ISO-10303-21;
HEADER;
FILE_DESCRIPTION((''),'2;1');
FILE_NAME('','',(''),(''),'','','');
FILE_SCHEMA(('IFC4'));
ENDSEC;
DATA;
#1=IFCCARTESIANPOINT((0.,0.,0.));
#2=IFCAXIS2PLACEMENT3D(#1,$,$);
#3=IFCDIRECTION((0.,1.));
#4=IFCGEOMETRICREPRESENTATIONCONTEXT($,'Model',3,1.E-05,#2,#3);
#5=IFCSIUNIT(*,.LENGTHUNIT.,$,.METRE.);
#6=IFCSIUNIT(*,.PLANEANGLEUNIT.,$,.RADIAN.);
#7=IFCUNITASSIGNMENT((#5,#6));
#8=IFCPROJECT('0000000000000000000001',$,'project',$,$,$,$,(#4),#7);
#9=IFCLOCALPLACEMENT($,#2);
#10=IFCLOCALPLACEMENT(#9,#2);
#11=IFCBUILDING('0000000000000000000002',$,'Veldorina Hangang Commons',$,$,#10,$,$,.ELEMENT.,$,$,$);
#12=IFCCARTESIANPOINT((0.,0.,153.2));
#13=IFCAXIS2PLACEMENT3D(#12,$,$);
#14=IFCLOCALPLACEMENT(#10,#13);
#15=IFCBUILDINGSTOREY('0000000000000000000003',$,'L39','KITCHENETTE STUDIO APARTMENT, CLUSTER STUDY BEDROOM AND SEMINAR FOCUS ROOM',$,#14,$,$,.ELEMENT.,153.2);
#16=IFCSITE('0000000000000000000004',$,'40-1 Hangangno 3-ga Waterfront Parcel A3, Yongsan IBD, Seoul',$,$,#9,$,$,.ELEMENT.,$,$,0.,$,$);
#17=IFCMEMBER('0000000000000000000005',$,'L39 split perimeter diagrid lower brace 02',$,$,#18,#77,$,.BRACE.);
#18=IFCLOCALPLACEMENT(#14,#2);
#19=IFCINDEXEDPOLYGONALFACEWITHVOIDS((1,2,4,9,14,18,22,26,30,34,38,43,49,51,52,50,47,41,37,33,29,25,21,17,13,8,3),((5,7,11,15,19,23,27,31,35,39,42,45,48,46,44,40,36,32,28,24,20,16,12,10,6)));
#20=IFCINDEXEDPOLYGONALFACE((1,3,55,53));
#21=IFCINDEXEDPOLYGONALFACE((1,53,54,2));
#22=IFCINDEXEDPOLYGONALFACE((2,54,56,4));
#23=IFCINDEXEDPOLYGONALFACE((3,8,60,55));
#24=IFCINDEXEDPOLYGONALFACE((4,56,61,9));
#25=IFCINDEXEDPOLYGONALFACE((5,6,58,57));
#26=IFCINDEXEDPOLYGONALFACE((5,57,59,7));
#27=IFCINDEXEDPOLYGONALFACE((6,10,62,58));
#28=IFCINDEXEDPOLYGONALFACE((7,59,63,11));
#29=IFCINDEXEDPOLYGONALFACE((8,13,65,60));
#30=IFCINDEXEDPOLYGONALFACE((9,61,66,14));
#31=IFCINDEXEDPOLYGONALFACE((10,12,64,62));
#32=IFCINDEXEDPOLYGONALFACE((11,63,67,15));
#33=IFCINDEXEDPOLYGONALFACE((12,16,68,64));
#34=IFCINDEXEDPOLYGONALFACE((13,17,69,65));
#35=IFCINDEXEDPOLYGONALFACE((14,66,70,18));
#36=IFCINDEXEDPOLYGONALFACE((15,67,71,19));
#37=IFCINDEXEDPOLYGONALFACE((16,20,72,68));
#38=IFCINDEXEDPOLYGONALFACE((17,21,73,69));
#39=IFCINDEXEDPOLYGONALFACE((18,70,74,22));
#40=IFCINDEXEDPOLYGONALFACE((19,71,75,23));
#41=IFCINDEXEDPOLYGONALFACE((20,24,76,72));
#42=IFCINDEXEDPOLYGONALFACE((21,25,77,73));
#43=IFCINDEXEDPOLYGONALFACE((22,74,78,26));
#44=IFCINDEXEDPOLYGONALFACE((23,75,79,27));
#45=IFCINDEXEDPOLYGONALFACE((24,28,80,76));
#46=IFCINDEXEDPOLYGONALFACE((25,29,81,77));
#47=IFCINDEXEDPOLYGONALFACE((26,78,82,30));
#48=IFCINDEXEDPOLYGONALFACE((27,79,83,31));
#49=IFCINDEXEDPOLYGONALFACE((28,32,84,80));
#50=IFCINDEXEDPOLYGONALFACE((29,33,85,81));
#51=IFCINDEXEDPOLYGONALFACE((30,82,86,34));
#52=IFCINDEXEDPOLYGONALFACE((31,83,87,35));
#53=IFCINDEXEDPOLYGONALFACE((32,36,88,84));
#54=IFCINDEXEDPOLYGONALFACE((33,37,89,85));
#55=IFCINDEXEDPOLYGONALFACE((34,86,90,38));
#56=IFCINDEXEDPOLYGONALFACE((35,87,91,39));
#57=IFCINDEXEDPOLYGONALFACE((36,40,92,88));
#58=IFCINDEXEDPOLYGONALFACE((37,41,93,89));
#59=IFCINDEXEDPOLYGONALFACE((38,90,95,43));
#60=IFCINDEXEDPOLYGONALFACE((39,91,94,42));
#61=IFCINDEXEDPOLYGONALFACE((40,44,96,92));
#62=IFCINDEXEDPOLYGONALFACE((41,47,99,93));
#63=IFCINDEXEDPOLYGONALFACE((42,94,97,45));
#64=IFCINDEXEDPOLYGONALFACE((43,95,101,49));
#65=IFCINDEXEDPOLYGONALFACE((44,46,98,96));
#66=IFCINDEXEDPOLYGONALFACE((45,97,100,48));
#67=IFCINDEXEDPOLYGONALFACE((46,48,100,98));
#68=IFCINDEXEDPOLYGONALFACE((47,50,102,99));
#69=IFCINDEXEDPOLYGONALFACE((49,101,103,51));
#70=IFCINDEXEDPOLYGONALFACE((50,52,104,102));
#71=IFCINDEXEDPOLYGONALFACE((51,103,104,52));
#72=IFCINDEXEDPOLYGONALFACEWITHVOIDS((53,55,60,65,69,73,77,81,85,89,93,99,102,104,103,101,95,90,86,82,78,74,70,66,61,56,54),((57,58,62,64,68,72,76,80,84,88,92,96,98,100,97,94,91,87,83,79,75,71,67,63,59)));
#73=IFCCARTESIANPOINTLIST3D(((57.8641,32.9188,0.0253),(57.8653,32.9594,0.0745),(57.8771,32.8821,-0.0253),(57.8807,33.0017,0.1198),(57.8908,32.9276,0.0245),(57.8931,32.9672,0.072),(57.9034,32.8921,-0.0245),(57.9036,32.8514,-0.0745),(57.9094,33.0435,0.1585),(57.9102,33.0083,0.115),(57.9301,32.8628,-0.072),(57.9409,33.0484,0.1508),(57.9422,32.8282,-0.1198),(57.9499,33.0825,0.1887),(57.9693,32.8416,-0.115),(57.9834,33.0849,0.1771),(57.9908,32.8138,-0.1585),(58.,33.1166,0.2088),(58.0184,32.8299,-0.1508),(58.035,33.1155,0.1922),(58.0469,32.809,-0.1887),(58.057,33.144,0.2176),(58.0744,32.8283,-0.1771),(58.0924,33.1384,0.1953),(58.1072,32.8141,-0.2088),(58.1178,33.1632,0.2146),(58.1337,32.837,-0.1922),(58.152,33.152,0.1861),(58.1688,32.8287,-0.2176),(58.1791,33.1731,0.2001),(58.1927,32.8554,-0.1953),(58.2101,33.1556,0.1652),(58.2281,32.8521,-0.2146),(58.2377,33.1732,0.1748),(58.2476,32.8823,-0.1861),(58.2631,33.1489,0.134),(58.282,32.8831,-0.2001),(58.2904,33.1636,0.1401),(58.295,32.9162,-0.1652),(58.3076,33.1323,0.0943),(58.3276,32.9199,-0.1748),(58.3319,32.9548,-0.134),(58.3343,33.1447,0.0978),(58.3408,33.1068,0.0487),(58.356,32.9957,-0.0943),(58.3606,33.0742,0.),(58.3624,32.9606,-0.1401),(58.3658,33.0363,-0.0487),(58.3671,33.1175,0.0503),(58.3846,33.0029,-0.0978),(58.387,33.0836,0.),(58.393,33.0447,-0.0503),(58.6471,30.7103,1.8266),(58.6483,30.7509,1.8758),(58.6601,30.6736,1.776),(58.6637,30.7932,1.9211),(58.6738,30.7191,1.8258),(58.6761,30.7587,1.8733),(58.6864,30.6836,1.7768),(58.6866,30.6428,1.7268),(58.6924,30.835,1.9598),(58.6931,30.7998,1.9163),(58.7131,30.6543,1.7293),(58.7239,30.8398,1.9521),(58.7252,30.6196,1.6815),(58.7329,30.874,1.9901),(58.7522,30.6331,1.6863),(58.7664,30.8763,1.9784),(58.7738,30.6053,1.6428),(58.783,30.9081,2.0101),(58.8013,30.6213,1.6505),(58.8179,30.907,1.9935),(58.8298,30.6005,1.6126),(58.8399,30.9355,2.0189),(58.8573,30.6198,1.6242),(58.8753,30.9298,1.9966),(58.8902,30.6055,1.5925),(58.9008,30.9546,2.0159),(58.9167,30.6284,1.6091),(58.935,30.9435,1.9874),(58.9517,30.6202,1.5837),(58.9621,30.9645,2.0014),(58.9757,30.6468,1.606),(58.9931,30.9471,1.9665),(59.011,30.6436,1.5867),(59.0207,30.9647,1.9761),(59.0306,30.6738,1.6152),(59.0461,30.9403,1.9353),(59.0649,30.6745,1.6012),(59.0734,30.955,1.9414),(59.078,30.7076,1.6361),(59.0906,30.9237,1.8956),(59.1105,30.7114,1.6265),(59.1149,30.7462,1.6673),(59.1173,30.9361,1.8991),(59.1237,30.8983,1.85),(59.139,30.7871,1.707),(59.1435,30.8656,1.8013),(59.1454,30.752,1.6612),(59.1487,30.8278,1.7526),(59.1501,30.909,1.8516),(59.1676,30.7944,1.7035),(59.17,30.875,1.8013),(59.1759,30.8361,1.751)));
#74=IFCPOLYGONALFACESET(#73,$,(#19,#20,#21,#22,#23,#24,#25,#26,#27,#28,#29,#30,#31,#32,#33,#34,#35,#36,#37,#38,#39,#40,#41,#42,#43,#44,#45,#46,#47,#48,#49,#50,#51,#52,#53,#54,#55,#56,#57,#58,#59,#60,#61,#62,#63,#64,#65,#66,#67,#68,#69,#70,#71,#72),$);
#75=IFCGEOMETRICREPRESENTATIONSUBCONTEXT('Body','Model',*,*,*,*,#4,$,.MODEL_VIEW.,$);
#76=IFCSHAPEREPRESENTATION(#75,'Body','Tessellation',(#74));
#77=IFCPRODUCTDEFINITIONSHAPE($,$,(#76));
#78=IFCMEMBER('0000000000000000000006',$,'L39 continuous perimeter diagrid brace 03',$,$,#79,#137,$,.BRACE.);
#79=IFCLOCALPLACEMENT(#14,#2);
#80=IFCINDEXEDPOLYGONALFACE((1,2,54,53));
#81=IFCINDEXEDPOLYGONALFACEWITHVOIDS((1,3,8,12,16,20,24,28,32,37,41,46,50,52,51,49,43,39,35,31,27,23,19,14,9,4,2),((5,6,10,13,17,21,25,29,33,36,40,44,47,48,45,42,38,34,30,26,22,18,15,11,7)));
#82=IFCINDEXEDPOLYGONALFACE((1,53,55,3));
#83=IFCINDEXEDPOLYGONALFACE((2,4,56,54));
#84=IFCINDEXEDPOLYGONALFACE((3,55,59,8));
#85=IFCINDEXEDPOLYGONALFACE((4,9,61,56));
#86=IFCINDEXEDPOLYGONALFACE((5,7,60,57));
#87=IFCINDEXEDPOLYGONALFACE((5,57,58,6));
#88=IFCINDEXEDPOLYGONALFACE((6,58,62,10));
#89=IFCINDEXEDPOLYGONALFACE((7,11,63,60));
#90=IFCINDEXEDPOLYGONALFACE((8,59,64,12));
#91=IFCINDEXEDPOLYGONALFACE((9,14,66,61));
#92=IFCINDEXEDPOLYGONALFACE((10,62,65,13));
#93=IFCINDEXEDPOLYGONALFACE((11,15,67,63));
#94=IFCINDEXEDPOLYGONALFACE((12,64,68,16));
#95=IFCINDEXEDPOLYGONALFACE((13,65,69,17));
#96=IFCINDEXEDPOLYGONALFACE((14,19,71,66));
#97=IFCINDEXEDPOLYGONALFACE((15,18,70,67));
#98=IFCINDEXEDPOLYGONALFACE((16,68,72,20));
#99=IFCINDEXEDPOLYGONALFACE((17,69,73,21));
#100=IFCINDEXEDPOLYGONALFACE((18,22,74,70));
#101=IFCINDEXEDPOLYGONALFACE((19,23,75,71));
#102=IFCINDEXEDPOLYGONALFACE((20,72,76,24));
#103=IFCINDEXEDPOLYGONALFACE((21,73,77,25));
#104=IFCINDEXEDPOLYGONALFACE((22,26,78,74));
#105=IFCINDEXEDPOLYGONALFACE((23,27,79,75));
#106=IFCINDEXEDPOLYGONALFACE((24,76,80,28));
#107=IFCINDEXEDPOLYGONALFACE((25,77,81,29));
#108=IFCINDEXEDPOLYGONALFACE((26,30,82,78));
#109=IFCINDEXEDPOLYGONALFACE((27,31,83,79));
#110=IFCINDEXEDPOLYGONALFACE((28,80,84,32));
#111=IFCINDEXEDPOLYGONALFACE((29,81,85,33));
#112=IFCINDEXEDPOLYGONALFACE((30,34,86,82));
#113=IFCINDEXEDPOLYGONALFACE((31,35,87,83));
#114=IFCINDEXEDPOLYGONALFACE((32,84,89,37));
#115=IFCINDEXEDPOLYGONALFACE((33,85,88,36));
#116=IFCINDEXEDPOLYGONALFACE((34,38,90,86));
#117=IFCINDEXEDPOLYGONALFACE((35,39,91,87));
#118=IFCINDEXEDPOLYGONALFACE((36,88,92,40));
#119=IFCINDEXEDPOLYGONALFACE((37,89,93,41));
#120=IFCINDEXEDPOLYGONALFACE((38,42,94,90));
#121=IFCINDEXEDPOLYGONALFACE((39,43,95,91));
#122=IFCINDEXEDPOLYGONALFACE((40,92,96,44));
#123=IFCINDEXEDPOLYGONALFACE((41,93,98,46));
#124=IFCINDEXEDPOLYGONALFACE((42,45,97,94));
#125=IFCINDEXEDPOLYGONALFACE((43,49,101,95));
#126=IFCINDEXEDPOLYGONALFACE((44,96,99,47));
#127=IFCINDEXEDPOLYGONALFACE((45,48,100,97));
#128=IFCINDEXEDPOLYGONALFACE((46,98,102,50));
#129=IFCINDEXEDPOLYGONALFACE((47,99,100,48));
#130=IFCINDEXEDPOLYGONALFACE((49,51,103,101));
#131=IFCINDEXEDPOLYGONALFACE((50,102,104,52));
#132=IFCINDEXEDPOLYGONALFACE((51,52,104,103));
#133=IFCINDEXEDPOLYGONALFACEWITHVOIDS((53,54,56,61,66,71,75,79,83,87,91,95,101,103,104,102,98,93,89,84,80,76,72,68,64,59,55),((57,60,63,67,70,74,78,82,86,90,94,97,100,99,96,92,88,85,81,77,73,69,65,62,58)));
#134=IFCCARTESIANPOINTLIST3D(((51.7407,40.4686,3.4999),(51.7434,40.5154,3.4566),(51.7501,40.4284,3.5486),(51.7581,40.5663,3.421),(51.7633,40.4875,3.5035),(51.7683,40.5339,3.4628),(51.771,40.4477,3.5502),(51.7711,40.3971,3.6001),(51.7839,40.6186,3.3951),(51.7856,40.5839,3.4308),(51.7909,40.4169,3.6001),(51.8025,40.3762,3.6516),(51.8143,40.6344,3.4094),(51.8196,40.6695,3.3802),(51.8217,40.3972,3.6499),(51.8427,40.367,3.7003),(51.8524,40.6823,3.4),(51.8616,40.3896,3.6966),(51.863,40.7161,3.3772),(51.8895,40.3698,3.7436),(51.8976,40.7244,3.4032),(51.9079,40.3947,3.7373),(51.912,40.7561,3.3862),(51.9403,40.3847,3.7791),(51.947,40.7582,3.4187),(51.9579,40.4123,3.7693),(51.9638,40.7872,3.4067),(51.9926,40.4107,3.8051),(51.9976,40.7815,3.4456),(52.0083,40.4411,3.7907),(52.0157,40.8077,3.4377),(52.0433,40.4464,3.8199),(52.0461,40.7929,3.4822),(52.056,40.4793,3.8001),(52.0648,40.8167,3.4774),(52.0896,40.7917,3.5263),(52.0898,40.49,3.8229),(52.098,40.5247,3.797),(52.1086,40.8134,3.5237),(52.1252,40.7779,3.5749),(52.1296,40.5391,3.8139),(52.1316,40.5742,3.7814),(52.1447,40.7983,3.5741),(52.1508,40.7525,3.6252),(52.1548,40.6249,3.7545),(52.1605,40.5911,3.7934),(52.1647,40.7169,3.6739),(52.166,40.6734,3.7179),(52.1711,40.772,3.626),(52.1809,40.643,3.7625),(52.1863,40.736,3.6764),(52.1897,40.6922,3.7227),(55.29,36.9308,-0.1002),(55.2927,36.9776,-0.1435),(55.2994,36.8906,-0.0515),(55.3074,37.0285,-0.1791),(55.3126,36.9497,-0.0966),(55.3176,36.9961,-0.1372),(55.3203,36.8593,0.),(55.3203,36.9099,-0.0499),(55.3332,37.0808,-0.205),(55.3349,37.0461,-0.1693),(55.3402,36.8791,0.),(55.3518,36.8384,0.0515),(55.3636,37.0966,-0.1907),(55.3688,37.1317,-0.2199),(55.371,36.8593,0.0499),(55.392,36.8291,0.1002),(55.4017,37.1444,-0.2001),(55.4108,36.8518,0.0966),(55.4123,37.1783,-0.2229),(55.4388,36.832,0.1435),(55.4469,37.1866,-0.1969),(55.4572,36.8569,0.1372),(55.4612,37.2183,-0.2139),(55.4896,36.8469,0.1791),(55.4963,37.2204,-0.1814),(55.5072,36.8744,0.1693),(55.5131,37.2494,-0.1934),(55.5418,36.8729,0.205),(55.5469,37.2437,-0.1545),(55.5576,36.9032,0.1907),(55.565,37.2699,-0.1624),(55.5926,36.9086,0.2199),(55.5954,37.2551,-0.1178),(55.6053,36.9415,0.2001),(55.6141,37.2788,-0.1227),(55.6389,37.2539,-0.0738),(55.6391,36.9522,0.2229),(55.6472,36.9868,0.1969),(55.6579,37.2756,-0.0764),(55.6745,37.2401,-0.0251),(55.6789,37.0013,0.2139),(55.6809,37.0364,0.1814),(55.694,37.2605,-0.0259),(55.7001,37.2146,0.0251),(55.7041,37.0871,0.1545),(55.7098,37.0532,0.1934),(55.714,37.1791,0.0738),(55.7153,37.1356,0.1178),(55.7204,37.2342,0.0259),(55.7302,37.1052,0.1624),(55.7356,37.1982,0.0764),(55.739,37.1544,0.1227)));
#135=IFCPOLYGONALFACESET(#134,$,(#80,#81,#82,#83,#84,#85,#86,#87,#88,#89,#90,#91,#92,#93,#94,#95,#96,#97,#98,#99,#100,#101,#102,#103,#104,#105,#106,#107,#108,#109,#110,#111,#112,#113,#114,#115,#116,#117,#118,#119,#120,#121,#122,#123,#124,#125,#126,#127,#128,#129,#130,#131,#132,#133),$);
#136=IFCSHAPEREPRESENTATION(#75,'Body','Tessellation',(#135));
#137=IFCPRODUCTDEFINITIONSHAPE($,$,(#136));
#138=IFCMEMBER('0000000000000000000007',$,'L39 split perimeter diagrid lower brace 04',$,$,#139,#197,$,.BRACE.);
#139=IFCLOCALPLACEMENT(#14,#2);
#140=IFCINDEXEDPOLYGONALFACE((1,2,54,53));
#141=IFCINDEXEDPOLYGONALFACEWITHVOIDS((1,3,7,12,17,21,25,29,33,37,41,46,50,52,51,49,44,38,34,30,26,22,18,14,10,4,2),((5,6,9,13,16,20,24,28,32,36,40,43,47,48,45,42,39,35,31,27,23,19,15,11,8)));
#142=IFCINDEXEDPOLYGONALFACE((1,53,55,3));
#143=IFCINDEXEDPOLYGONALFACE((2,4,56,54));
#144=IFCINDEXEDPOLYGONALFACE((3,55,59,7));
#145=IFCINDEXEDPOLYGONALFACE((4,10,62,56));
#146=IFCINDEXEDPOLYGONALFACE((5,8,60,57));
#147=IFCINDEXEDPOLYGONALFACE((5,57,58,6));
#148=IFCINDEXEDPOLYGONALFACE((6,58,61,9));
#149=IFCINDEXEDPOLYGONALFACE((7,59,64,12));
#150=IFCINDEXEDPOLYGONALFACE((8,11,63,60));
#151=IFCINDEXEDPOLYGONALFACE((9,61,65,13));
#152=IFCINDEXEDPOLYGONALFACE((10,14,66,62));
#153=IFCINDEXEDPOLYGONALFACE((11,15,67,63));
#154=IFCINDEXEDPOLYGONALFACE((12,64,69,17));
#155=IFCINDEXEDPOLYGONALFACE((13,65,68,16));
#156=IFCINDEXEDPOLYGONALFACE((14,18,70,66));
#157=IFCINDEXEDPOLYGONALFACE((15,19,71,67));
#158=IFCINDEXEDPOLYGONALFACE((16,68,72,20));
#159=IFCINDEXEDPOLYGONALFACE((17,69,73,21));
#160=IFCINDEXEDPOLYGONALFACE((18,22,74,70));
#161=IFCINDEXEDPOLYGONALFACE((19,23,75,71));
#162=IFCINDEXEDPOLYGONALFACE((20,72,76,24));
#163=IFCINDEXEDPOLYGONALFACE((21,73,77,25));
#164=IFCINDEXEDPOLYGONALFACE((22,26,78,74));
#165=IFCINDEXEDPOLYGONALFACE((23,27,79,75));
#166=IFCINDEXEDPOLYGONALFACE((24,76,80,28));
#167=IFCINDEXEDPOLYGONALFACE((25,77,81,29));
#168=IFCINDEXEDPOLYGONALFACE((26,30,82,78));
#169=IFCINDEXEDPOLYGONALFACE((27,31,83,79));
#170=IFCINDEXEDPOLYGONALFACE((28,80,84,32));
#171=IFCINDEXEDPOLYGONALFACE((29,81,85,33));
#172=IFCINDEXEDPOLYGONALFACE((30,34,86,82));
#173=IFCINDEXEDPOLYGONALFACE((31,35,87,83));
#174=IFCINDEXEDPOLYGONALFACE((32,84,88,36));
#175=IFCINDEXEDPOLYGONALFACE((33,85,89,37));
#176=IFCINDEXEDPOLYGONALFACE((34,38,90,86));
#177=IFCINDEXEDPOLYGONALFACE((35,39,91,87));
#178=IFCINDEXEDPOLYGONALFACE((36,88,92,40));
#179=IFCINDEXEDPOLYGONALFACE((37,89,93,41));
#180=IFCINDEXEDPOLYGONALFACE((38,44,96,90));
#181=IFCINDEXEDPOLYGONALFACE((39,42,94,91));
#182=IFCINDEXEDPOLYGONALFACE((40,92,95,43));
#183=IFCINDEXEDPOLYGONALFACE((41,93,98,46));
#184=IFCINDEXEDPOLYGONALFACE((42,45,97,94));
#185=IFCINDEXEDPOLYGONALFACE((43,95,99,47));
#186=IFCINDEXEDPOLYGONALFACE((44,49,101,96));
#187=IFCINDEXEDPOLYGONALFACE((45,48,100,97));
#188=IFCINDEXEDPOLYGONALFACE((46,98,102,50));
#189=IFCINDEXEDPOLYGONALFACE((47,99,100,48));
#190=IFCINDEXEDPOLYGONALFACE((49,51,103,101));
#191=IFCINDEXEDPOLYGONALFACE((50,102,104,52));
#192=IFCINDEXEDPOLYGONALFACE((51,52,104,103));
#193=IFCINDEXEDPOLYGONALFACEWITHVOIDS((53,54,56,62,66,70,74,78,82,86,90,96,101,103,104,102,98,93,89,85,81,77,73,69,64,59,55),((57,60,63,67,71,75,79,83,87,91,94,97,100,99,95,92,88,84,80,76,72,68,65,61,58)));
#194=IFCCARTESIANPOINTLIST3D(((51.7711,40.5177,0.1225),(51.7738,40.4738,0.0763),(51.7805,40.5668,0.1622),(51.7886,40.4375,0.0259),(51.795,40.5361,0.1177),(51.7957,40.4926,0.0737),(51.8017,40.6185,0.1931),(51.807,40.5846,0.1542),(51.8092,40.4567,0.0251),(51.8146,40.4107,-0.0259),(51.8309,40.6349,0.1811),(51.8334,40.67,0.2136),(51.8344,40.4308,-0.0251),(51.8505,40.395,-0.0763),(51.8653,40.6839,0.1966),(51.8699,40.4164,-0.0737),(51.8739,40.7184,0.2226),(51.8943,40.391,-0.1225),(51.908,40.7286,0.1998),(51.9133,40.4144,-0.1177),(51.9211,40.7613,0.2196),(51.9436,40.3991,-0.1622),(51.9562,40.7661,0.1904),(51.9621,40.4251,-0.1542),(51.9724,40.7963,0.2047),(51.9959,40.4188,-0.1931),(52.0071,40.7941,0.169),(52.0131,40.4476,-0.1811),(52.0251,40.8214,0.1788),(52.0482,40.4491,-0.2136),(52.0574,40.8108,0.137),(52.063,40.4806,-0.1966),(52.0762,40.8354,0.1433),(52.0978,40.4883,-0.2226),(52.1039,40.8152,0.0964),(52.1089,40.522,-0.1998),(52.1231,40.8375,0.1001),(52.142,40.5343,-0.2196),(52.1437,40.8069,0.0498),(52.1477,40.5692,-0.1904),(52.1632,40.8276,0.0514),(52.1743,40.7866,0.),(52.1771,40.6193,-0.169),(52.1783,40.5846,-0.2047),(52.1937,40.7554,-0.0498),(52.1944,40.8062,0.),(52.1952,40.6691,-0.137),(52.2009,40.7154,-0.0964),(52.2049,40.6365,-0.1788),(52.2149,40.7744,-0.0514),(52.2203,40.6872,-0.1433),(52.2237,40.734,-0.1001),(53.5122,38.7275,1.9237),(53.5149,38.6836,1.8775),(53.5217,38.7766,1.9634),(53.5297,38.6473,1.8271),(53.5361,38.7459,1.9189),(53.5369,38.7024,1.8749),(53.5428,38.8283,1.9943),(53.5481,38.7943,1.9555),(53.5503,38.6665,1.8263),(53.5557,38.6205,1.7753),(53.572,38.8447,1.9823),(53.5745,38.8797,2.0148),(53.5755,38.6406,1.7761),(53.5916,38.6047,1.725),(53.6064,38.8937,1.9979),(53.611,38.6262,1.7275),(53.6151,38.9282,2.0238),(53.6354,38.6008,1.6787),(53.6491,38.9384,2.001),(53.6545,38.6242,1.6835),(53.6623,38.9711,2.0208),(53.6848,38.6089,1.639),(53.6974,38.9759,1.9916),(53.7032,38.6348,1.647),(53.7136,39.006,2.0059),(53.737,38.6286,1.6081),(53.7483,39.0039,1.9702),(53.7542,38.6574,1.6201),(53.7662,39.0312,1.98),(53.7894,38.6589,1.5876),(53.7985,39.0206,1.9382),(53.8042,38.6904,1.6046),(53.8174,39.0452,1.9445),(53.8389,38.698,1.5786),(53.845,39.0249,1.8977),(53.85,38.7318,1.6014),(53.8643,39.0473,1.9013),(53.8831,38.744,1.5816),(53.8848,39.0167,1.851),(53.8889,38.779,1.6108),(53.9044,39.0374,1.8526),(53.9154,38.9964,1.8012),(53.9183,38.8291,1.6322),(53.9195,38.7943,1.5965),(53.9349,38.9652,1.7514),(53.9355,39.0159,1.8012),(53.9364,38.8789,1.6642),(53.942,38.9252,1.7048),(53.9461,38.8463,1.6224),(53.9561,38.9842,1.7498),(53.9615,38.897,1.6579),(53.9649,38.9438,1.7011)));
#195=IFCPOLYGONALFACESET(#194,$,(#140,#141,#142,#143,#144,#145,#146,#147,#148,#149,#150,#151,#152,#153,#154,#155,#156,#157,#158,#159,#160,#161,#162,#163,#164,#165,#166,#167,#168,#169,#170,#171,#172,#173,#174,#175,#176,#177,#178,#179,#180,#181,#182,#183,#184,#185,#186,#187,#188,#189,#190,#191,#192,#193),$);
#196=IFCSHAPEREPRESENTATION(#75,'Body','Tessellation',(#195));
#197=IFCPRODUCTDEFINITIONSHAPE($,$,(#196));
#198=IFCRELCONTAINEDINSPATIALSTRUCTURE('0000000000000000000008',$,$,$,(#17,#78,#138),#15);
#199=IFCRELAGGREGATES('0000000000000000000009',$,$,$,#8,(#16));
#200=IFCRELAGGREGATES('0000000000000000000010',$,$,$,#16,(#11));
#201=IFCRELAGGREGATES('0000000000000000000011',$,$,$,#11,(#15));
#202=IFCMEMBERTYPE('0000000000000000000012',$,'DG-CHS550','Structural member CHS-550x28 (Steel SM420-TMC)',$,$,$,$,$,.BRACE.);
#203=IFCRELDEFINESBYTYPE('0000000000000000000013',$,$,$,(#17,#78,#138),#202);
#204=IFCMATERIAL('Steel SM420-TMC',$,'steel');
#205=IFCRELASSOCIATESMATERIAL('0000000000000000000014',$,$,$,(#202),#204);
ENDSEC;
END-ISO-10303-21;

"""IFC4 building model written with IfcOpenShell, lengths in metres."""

from ifc_helpers import new_model, si_unit, direction, frame, origin, origin_2d, place, context, subcontext, project, spatial, hollow_circle, extrude, material, material_profile, profile_set, type_object, element, save


model = new_model("IFC4")

# Units and contexts
model_context = context("Model", 3, precision=1e-05, world=origin(), true_north=direction((0.0, 1.0)))
body_context = subcontext(model_context, "Body", "Model", "MODEL_VIEW")
ifc_project = project(units=[si_unit("LENGTHUNIT", "METRE"), si_unit("PLANEANGLEUNIT", "RADIAN")], contexts=[model_context])

# Site, building, storey
site_placement = place(None, origin())
site = spatial("IfcSite", under=ifc_project, at=site_placement, Name="40-1 Hangangno 3-ga Waterfront Parcel A3, Yongsan IBD, Seoul", CompositionType="ELEMENT", RefElevation=0.0)
building_placement = place(site_placement, origin())
building = spatial("IfcBuilding", under=site, at=building_placement, Name="Veldorina Hangang Commons", CompositionType="ELEMENT")
storey_placement = place(building_placement, frame((0.0, 0.0, 153.2)))
storey = spatial("IfcBuildingStorey", under=building, at=storey_placement, Name="L39", Description="KITCHENETTE STUDIO APARTMENT, CLUSTER STUDY BEDROOM AND SEMINAR FOCUS ROOM", CompositionType="ELEMENT", Elevation=153.2)

# Shared definitions
ifc_material_1 = material(Name="Steel SM420-TMC", Category="steel")

# Members
ifc_material_profile_1 = material_profile(ifc_material_1, hollow_circle(Radius=0.2749, WallThickness=0.0281, at=origin_2d()), Name="CHS-550x28")
ifc_profile_set_1 = profile_set([ifc_material_profile_1], Name="Steel SM420-TMC")
member_type = type_object("IfcMemberType", Name="DG-CHS550", Description="Structural member CHS-550x28 (Steel SM420-TMC)", PredefinedType="BRACE", material=ifc_profile_set_1)
member_1_placement = place(storey_placement, frame((58.1279, 32.9917, 0.0), z_axis=(0.264915, -0.747247, 0.609461), x_axis=(0.942522, 0.334144, 0.0)))
element("IfcMember", 1, at=member_1_placement, inside=storey, type_object=member_type, Name="L39 split perimeter diagrid lower brace 02", PredefinedType="BRACE", context=body_context, shape_type="SweptSolid", body=[
    extrude(hollow_circle(Radius=0.2749, WallThickness=0.0281, at=origin_2d()), origin(), (0.0, 0.0, 1.0), 2.9556),
])
member_2_placement = place(storey_placement, frame((55.5144, 37.054, 0.0), z_axis=(-0.57521, 0.573351, 0.58344), x_axis=(-0.705961, -0.708251, 0.0)))
element("IfcMember", 2, at=member_2_placement, inside=storey, type_object=member_type, Name="L39 continuous perimeter diagrid brace 03", PredefinedType="BRACE", context=body_context, shape_type="SweptSolid", body=[
    extrude(hollow_circle(Radius=0.2749, WallThickness=0.0281, at=origin_2d()), origin(), (0.0, 0.0, 1.0), 6.1704),
])
member_3_placement = place(storey_placement, frame((51.9973, 40.6145, 0.0), z_axis=(0.565474, -0.581411, 0.584979), x_axis=(0.716863, 0.697214, 0.0)))
element("IfcMember", 3, at=member_3_placement, inside=storey, type_object=member_type, Name="L39 split perimeter diagrid lower brace 04", PredefinedType="BRACE", context=body_context, shape_type="SweptSolid", body=[
    extrude(hollow_circle(Radius=0.2749, WallThickness=0.0281, at=origin_2d()), origin(), (0.0, 0.0, 1.0), 3.0791),
])

save(model, "model.ifc")
